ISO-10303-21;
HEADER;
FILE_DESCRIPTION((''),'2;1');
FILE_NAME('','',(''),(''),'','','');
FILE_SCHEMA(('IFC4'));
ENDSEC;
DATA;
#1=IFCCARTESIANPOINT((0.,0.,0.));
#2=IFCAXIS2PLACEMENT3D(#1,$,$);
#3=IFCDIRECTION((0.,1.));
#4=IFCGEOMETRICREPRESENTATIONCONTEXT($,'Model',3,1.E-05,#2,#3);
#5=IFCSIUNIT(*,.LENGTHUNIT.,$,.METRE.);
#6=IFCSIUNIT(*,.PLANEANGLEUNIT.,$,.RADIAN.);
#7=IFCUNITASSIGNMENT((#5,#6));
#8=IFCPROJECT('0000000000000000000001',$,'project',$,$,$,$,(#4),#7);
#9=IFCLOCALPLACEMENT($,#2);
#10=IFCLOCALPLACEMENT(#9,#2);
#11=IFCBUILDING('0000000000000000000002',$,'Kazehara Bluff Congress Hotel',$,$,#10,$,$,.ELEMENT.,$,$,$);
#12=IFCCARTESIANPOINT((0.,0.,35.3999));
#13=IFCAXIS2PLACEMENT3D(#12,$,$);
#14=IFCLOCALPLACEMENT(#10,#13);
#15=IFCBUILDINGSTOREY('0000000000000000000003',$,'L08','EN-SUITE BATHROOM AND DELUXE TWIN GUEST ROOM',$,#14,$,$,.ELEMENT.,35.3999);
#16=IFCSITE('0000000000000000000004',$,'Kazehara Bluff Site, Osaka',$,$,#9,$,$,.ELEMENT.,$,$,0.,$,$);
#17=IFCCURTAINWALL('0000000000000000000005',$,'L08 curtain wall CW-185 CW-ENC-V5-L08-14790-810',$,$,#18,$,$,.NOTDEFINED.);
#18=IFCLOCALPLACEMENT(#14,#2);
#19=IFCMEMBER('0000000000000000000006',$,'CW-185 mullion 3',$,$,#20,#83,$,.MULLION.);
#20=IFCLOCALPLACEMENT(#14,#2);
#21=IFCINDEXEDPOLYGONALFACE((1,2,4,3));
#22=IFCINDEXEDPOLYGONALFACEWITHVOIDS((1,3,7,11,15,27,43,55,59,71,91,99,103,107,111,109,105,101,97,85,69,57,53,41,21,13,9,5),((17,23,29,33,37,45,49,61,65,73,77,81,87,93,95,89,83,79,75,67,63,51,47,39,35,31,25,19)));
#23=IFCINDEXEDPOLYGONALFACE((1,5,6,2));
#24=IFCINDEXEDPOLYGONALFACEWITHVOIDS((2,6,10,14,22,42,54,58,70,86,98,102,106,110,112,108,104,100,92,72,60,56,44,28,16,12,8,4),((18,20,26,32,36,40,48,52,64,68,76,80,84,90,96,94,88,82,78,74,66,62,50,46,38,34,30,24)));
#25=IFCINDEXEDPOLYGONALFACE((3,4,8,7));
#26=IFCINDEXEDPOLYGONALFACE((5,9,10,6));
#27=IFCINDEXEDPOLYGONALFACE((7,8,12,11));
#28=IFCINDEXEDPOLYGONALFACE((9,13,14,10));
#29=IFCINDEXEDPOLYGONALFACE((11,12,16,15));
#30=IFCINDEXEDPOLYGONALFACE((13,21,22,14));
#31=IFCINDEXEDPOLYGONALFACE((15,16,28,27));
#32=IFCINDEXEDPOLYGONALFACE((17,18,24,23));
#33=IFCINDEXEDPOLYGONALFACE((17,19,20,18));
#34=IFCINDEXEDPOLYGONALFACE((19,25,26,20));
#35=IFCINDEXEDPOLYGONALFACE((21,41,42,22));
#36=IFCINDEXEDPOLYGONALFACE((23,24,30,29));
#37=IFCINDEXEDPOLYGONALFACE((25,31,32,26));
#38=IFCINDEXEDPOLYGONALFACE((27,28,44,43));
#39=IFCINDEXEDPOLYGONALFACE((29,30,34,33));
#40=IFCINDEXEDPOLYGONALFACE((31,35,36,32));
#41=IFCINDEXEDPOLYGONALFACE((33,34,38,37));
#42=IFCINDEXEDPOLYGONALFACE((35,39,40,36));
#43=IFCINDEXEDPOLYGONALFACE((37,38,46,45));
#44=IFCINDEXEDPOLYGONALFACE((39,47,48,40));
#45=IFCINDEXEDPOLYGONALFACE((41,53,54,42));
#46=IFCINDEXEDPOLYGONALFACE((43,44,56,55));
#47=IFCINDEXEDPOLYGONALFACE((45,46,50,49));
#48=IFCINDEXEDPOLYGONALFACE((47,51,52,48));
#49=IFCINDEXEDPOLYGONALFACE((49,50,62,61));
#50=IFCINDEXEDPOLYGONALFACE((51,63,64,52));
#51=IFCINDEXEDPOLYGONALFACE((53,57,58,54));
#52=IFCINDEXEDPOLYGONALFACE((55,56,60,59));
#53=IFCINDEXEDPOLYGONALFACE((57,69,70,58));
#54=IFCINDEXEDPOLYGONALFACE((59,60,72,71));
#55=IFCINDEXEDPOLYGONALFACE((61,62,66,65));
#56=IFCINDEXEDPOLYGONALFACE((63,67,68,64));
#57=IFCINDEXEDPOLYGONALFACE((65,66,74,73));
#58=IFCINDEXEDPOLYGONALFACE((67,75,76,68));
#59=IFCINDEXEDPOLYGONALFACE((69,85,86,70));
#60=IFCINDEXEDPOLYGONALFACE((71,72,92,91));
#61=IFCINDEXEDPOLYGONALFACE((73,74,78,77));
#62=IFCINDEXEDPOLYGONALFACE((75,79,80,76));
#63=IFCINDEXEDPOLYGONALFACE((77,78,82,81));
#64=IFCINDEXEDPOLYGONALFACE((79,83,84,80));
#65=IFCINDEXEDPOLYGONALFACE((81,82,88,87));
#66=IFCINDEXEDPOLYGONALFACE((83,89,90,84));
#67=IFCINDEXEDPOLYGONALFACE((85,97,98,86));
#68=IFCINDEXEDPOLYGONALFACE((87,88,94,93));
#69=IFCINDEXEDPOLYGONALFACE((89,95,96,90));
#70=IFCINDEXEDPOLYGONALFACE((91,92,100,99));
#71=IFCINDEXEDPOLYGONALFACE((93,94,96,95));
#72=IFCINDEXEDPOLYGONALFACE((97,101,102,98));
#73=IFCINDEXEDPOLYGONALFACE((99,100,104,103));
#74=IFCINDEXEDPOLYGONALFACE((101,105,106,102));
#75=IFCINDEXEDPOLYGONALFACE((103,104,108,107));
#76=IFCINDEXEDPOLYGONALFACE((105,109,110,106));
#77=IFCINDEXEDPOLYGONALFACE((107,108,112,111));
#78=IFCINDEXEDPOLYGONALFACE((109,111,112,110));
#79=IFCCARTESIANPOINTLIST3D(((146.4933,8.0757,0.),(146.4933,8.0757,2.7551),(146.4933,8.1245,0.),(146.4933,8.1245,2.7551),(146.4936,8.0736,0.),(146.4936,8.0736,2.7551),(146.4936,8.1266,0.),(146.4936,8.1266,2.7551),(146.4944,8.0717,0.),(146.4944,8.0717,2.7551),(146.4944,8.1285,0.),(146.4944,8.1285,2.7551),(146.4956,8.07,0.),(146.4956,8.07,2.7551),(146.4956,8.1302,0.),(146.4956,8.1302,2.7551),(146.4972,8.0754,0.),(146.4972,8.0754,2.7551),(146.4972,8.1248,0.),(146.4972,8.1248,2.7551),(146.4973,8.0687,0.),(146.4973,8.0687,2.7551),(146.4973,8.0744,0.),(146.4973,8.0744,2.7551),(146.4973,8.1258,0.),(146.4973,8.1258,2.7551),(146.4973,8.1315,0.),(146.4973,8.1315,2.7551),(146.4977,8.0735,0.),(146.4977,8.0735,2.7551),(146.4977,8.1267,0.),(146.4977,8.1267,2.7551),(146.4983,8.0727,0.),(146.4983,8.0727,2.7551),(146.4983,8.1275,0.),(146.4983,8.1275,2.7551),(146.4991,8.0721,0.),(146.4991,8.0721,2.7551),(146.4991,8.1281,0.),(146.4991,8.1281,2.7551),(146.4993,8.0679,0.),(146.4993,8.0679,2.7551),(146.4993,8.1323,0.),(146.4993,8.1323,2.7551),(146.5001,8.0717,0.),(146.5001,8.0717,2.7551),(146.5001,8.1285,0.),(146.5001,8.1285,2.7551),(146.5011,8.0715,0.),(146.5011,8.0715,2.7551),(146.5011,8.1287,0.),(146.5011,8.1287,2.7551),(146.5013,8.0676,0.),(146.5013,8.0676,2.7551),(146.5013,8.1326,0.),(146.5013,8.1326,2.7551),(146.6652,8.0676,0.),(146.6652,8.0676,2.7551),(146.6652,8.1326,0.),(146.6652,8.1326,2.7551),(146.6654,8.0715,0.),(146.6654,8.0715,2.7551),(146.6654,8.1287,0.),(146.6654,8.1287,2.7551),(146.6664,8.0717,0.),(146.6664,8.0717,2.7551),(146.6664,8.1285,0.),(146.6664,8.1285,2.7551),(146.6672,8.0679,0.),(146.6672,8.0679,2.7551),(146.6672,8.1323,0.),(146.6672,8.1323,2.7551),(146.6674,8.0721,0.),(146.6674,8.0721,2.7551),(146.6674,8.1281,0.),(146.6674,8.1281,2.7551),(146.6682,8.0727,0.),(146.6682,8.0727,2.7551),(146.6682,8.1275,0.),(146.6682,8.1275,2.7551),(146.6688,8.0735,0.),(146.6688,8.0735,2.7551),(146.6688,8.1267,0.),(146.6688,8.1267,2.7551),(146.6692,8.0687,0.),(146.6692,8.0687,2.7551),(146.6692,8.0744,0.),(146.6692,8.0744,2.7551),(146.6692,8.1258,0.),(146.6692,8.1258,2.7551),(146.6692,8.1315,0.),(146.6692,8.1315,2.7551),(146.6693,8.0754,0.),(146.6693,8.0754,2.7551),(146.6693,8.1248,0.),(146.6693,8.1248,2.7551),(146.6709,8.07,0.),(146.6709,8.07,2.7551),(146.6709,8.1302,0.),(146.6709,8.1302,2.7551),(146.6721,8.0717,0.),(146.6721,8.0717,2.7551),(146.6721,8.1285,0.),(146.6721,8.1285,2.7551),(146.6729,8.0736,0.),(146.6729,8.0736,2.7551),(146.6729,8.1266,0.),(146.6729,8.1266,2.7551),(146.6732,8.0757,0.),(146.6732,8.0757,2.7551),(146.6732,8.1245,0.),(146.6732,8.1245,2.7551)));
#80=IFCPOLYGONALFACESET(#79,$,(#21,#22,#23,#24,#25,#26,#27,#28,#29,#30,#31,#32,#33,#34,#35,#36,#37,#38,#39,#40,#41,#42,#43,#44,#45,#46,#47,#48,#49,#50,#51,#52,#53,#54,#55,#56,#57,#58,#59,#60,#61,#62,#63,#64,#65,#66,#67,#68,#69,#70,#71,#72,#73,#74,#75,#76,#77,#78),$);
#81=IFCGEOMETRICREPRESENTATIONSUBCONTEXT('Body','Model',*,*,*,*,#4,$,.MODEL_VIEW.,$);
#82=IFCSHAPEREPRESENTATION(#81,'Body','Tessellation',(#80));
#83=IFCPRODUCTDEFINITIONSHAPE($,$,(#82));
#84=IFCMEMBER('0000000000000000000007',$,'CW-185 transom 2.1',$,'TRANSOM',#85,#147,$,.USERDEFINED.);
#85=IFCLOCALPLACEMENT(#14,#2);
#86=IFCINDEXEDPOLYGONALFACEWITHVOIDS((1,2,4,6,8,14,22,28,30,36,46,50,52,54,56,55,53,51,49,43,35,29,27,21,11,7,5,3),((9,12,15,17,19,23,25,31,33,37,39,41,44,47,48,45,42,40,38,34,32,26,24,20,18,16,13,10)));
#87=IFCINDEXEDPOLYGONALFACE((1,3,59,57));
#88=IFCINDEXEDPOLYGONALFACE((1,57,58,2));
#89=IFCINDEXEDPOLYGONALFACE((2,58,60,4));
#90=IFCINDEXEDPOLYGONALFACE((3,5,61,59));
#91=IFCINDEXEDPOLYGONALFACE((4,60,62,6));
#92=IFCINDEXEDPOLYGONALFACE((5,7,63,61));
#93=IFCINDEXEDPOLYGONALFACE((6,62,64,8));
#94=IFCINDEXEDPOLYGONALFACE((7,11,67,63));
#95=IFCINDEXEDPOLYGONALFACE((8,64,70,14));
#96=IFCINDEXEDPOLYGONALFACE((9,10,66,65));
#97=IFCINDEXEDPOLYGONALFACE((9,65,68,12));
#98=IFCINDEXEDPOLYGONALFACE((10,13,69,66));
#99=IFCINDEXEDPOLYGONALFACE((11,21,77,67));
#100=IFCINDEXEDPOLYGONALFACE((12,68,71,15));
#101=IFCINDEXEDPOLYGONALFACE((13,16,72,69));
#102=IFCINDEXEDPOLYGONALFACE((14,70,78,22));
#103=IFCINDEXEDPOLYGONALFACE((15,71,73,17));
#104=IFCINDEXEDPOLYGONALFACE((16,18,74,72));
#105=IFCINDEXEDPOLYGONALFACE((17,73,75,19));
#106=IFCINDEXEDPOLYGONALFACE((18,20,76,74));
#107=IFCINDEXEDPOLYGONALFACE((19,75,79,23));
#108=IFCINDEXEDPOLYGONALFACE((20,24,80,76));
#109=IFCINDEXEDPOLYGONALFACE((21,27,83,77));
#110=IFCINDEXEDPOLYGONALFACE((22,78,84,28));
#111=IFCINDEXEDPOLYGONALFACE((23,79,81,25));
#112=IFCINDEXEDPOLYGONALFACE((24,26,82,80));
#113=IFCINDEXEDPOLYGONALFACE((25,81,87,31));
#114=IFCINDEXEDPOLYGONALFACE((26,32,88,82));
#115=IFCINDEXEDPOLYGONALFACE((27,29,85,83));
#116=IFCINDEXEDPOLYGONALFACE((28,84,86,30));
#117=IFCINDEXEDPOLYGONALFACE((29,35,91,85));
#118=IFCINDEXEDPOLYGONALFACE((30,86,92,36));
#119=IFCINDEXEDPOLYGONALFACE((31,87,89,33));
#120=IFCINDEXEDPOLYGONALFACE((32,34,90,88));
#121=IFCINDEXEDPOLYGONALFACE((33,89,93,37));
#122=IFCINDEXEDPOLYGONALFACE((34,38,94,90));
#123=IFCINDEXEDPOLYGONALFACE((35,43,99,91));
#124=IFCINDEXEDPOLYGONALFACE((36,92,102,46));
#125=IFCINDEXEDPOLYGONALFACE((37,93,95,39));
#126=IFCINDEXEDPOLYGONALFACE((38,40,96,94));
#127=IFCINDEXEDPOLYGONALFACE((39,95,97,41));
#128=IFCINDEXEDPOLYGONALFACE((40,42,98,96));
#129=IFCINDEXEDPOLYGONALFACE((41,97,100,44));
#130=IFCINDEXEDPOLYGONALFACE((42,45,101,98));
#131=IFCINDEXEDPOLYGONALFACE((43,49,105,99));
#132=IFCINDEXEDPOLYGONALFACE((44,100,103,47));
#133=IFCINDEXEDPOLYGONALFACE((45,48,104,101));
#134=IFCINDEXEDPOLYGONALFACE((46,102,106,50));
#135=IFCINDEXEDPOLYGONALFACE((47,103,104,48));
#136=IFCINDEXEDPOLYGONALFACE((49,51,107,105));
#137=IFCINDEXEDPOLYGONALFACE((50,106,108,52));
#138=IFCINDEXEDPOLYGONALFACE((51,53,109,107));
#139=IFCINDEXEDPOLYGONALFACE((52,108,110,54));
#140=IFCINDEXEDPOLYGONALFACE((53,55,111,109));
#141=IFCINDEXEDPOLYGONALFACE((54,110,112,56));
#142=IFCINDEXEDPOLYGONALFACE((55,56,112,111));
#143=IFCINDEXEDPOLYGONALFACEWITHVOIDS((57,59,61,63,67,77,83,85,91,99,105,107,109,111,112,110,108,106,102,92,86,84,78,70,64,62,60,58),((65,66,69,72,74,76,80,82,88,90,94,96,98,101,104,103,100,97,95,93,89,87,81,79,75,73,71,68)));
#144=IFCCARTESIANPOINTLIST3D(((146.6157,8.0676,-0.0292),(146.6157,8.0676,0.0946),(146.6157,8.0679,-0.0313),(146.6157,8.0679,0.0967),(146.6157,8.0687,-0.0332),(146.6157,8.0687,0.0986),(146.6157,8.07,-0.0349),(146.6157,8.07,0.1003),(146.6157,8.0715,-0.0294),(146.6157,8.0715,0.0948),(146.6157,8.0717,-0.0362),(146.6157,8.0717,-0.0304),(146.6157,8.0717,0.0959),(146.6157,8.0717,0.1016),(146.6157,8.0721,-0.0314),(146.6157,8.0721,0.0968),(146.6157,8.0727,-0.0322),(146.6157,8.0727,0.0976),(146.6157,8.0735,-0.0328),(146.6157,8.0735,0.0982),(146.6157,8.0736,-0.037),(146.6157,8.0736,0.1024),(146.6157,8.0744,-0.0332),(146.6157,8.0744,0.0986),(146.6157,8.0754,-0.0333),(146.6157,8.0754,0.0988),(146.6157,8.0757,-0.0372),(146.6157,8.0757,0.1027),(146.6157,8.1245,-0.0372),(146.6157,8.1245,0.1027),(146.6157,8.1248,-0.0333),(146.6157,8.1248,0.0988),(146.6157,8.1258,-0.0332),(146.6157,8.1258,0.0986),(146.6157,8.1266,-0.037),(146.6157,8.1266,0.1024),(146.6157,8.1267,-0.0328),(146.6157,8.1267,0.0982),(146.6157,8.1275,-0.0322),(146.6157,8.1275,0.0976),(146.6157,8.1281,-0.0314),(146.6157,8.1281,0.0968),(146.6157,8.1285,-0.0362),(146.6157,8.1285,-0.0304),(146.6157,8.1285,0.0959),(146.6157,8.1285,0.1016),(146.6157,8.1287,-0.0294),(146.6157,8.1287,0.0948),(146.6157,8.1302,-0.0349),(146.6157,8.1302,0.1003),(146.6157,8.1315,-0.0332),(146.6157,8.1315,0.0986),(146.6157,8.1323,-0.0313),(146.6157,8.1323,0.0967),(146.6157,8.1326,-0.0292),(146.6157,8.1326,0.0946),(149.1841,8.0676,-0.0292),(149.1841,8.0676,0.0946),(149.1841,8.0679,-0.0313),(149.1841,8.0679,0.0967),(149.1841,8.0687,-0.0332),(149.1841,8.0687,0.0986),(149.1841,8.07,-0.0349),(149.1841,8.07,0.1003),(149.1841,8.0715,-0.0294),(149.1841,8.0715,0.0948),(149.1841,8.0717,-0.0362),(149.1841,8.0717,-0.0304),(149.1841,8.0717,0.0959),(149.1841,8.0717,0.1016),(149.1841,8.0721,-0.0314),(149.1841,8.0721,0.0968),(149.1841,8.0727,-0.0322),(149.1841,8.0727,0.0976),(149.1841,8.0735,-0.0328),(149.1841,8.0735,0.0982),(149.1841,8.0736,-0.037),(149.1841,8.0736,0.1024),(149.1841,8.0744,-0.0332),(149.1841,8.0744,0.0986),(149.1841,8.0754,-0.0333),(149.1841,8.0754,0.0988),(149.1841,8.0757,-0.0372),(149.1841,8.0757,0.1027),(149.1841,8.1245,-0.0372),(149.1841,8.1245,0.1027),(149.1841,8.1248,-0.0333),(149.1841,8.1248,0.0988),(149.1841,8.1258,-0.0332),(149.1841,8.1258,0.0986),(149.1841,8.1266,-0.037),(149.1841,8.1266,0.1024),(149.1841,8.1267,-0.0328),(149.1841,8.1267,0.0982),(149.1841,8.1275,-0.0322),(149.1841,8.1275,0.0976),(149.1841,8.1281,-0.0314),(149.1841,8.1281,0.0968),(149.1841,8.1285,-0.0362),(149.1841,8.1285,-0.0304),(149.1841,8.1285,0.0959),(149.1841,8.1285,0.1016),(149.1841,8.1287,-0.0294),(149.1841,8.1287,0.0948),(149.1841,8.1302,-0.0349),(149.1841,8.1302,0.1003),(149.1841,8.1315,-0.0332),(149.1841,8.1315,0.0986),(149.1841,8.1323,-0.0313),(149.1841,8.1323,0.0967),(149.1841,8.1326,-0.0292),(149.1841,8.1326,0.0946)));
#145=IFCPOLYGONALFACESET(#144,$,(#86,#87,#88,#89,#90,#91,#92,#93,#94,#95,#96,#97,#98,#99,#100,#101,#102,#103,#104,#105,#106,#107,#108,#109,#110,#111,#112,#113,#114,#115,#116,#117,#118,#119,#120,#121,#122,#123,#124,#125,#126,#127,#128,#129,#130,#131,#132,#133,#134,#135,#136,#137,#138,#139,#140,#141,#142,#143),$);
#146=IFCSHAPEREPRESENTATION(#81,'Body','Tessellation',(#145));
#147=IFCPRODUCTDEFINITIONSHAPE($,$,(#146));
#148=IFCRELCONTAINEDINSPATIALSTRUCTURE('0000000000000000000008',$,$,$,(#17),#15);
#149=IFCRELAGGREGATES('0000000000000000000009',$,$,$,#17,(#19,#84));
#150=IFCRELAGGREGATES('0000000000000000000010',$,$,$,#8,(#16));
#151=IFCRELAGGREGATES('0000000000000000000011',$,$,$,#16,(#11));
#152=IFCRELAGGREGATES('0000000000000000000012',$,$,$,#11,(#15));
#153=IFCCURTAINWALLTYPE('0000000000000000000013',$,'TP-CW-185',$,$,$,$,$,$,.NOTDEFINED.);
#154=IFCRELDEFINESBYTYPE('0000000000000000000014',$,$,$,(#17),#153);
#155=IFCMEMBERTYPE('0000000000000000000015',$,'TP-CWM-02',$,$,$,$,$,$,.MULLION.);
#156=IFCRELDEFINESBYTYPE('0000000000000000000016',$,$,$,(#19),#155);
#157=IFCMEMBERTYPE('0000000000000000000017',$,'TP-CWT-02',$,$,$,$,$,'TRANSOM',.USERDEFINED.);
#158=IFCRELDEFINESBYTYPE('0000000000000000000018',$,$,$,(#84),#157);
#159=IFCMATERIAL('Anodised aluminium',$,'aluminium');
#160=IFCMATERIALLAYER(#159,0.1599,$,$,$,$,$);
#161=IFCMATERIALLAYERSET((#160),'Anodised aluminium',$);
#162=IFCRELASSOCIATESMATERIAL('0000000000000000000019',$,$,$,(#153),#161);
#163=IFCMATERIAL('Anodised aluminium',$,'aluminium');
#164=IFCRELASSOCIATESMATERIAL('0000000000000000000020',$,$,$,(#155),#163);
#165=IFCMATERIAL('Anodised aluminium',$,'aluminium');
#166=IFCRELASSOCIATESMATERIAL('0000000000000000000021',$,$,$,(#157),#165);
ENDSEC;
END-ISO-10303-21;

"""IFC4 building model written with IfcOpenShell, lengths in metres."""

from ifc_helpers import new_model, si_unit, direction, frame, origin, origin_2d, place, context, subcontext, project, spatial, hollow_rectangle, extrude, material, layer, layer_set, material_profile, profile_set, type_object, element, aggregate, save


model = new_model("IFC4")

# Units and contexts
model_context = context("Model", 3, precision=1e-05, world=origin(), true_north=direction((0.0, 1.0)))
body_context = subcontext(model_context, "Body", "Model", "MODEL_VIEW")
ifc_project = project(units=[si_unit("LENGTHUNIT", "METRE"), si_unit("PLANEANGLEUNIT", "RADIAN")], contexts=[model_context])

# Site, building, storey
site_placement = place(None, origin())
site = spatial("IfcSite", under=ifc_project, at=site_placement, Name="Kazehara Bluff Site, Osaka", CompositionType="ELEMENT", RefElevation=0.0)
building_placement = place(site_placement, origin())
building = spatial("IfcBuilding", under=site, at=building_placement, Name="Kazehara Bluff Congress Hotel", CompositionType="ELEMENT")
storey_placement = place(building_placement, frame((0.0, 0.0, 35.3999)))
storey = spatial("IfcBuildingStorey", under=building, at=storey_placement, Name="L08", Description="EN-SUITE BATHROOM AND DELUXE TWIN GUEST ROOM", CompositionType="ELEMENT", Elevation=35.3999)

# Curtain wall, members
ifc_material_1 = material(Name="Anodised aluminium", Category="aluminium")
ifc_layer_1 = layer(ifc_material_1, 0.1599)
ifc_layer_set_1 = layer_set([ifc_layer_1], Name="Anodised aluminium")
curtain_wall_type = type_object("IfcCurtainWallType", Name="TP-CW-185", PredefinedType="NOTDEFINED", material=ifc_layer_set_1)
curtain_wall_placement = place(storey_placement, origin())
curtain_wall = element("IfcCurtainWall", 1, at=curtain_wall_placement, inside=storey, type_object=curtain_wall_type, Name="L08 curtain wall CW-185 CW-ENC-V5-L08-14790-810", PredefinedType="NOTDEFINED")
ifc_material_2 = material(Name="Anodised aluminium", Category="aluminium")
ifc_material_profile_1 = material_profile(ifc_material_2, hollow_rectangle(XDim=0.0649, YDim=0.1799, WallThickness=0.0039, InnerFilletRadius=0.0039, OuterFilletRadius=0.0081, at=origin_2d()))
ifc_profile_set_1 = profile_set([ifc_material_profile_1], Name="Anodised aluminium")
member_type_1 = type_object("IfcMemberType", Name="TP-CWM-02", PredefinedType="MULLION", material=ifc_profile_set_1)
member_1_placement = place(storey_placement, frame((146.5833, 8.1001, 0.0), z_axis=(0.0, 0.0, 1.0), x_axis=(0.0, -1.0, 0.0)))
member_1 = element("IfcMember", 2, at=member_1_placement, type_object=member_type_1, Name="CW-185 mullion 3", PredefinedType="MULLION", context=body_context, shape_type="SweptSolid", body=[
    extrude(hollow_rectangle(XDim=0.0649, YDim=0.1799, WallThickness=0.0039, InnerFilletRadius=0.0039, OuterFilletRadius=0.0081, at=origin_2d()), origin(), (0.0, 0.0, 1.0), 2.7551),
])
ifc_material_3 = material(Name="Anodised aluminium", Category="aluminium")
ifc_material_profile_2 = material_profile(ifc_material_3, hollow_rectangle(XDim=0.0649, YDim=0.1399, WallThickness=0.0039, InnerFilletRadius=0.0039, OuterFilletRadius=0.0081, at=origin_2d()))
ifc_profile_set_2 = profile_set([ifc_material_profile_2], Name="Anodised aluminium")
member_type_2 = type_object("IfcMemberType", Name="TP-CWT-02", ElementType="TRANSOM", PredefinedType="USERDEFINED", material=ifc_profile_set_2)
member_2_placement = place(storey_placement, frame((149.1841, 8.1001, 0.0327), z_axis=(-1.0, 0.0, 0.0), x_axis=(0.0, -1.0, 0.0)))
member_2 = element("IfcMember", 3, at=member_2_placement, type_object=member_type_2, Name="CW-185 transom 2.1", ObjectType="TRANSOM", PredefinedType="USERDEFINED", context=body_context, shape_type="SweptSolid", body=[
    extrude(hollow_rectangle(XDim=0.0649, YDim=0.1399, WallThickness=0.0039, InnerFilletRadius=0.0039, OuterFilletRadius=0.0081, at=origin_2d()), origin(), (0.0, 0.0, 1.0), 2.5684),
])

aggregate(curtain_wall, [member_1, member_2])

save(model, "model.ifc")
